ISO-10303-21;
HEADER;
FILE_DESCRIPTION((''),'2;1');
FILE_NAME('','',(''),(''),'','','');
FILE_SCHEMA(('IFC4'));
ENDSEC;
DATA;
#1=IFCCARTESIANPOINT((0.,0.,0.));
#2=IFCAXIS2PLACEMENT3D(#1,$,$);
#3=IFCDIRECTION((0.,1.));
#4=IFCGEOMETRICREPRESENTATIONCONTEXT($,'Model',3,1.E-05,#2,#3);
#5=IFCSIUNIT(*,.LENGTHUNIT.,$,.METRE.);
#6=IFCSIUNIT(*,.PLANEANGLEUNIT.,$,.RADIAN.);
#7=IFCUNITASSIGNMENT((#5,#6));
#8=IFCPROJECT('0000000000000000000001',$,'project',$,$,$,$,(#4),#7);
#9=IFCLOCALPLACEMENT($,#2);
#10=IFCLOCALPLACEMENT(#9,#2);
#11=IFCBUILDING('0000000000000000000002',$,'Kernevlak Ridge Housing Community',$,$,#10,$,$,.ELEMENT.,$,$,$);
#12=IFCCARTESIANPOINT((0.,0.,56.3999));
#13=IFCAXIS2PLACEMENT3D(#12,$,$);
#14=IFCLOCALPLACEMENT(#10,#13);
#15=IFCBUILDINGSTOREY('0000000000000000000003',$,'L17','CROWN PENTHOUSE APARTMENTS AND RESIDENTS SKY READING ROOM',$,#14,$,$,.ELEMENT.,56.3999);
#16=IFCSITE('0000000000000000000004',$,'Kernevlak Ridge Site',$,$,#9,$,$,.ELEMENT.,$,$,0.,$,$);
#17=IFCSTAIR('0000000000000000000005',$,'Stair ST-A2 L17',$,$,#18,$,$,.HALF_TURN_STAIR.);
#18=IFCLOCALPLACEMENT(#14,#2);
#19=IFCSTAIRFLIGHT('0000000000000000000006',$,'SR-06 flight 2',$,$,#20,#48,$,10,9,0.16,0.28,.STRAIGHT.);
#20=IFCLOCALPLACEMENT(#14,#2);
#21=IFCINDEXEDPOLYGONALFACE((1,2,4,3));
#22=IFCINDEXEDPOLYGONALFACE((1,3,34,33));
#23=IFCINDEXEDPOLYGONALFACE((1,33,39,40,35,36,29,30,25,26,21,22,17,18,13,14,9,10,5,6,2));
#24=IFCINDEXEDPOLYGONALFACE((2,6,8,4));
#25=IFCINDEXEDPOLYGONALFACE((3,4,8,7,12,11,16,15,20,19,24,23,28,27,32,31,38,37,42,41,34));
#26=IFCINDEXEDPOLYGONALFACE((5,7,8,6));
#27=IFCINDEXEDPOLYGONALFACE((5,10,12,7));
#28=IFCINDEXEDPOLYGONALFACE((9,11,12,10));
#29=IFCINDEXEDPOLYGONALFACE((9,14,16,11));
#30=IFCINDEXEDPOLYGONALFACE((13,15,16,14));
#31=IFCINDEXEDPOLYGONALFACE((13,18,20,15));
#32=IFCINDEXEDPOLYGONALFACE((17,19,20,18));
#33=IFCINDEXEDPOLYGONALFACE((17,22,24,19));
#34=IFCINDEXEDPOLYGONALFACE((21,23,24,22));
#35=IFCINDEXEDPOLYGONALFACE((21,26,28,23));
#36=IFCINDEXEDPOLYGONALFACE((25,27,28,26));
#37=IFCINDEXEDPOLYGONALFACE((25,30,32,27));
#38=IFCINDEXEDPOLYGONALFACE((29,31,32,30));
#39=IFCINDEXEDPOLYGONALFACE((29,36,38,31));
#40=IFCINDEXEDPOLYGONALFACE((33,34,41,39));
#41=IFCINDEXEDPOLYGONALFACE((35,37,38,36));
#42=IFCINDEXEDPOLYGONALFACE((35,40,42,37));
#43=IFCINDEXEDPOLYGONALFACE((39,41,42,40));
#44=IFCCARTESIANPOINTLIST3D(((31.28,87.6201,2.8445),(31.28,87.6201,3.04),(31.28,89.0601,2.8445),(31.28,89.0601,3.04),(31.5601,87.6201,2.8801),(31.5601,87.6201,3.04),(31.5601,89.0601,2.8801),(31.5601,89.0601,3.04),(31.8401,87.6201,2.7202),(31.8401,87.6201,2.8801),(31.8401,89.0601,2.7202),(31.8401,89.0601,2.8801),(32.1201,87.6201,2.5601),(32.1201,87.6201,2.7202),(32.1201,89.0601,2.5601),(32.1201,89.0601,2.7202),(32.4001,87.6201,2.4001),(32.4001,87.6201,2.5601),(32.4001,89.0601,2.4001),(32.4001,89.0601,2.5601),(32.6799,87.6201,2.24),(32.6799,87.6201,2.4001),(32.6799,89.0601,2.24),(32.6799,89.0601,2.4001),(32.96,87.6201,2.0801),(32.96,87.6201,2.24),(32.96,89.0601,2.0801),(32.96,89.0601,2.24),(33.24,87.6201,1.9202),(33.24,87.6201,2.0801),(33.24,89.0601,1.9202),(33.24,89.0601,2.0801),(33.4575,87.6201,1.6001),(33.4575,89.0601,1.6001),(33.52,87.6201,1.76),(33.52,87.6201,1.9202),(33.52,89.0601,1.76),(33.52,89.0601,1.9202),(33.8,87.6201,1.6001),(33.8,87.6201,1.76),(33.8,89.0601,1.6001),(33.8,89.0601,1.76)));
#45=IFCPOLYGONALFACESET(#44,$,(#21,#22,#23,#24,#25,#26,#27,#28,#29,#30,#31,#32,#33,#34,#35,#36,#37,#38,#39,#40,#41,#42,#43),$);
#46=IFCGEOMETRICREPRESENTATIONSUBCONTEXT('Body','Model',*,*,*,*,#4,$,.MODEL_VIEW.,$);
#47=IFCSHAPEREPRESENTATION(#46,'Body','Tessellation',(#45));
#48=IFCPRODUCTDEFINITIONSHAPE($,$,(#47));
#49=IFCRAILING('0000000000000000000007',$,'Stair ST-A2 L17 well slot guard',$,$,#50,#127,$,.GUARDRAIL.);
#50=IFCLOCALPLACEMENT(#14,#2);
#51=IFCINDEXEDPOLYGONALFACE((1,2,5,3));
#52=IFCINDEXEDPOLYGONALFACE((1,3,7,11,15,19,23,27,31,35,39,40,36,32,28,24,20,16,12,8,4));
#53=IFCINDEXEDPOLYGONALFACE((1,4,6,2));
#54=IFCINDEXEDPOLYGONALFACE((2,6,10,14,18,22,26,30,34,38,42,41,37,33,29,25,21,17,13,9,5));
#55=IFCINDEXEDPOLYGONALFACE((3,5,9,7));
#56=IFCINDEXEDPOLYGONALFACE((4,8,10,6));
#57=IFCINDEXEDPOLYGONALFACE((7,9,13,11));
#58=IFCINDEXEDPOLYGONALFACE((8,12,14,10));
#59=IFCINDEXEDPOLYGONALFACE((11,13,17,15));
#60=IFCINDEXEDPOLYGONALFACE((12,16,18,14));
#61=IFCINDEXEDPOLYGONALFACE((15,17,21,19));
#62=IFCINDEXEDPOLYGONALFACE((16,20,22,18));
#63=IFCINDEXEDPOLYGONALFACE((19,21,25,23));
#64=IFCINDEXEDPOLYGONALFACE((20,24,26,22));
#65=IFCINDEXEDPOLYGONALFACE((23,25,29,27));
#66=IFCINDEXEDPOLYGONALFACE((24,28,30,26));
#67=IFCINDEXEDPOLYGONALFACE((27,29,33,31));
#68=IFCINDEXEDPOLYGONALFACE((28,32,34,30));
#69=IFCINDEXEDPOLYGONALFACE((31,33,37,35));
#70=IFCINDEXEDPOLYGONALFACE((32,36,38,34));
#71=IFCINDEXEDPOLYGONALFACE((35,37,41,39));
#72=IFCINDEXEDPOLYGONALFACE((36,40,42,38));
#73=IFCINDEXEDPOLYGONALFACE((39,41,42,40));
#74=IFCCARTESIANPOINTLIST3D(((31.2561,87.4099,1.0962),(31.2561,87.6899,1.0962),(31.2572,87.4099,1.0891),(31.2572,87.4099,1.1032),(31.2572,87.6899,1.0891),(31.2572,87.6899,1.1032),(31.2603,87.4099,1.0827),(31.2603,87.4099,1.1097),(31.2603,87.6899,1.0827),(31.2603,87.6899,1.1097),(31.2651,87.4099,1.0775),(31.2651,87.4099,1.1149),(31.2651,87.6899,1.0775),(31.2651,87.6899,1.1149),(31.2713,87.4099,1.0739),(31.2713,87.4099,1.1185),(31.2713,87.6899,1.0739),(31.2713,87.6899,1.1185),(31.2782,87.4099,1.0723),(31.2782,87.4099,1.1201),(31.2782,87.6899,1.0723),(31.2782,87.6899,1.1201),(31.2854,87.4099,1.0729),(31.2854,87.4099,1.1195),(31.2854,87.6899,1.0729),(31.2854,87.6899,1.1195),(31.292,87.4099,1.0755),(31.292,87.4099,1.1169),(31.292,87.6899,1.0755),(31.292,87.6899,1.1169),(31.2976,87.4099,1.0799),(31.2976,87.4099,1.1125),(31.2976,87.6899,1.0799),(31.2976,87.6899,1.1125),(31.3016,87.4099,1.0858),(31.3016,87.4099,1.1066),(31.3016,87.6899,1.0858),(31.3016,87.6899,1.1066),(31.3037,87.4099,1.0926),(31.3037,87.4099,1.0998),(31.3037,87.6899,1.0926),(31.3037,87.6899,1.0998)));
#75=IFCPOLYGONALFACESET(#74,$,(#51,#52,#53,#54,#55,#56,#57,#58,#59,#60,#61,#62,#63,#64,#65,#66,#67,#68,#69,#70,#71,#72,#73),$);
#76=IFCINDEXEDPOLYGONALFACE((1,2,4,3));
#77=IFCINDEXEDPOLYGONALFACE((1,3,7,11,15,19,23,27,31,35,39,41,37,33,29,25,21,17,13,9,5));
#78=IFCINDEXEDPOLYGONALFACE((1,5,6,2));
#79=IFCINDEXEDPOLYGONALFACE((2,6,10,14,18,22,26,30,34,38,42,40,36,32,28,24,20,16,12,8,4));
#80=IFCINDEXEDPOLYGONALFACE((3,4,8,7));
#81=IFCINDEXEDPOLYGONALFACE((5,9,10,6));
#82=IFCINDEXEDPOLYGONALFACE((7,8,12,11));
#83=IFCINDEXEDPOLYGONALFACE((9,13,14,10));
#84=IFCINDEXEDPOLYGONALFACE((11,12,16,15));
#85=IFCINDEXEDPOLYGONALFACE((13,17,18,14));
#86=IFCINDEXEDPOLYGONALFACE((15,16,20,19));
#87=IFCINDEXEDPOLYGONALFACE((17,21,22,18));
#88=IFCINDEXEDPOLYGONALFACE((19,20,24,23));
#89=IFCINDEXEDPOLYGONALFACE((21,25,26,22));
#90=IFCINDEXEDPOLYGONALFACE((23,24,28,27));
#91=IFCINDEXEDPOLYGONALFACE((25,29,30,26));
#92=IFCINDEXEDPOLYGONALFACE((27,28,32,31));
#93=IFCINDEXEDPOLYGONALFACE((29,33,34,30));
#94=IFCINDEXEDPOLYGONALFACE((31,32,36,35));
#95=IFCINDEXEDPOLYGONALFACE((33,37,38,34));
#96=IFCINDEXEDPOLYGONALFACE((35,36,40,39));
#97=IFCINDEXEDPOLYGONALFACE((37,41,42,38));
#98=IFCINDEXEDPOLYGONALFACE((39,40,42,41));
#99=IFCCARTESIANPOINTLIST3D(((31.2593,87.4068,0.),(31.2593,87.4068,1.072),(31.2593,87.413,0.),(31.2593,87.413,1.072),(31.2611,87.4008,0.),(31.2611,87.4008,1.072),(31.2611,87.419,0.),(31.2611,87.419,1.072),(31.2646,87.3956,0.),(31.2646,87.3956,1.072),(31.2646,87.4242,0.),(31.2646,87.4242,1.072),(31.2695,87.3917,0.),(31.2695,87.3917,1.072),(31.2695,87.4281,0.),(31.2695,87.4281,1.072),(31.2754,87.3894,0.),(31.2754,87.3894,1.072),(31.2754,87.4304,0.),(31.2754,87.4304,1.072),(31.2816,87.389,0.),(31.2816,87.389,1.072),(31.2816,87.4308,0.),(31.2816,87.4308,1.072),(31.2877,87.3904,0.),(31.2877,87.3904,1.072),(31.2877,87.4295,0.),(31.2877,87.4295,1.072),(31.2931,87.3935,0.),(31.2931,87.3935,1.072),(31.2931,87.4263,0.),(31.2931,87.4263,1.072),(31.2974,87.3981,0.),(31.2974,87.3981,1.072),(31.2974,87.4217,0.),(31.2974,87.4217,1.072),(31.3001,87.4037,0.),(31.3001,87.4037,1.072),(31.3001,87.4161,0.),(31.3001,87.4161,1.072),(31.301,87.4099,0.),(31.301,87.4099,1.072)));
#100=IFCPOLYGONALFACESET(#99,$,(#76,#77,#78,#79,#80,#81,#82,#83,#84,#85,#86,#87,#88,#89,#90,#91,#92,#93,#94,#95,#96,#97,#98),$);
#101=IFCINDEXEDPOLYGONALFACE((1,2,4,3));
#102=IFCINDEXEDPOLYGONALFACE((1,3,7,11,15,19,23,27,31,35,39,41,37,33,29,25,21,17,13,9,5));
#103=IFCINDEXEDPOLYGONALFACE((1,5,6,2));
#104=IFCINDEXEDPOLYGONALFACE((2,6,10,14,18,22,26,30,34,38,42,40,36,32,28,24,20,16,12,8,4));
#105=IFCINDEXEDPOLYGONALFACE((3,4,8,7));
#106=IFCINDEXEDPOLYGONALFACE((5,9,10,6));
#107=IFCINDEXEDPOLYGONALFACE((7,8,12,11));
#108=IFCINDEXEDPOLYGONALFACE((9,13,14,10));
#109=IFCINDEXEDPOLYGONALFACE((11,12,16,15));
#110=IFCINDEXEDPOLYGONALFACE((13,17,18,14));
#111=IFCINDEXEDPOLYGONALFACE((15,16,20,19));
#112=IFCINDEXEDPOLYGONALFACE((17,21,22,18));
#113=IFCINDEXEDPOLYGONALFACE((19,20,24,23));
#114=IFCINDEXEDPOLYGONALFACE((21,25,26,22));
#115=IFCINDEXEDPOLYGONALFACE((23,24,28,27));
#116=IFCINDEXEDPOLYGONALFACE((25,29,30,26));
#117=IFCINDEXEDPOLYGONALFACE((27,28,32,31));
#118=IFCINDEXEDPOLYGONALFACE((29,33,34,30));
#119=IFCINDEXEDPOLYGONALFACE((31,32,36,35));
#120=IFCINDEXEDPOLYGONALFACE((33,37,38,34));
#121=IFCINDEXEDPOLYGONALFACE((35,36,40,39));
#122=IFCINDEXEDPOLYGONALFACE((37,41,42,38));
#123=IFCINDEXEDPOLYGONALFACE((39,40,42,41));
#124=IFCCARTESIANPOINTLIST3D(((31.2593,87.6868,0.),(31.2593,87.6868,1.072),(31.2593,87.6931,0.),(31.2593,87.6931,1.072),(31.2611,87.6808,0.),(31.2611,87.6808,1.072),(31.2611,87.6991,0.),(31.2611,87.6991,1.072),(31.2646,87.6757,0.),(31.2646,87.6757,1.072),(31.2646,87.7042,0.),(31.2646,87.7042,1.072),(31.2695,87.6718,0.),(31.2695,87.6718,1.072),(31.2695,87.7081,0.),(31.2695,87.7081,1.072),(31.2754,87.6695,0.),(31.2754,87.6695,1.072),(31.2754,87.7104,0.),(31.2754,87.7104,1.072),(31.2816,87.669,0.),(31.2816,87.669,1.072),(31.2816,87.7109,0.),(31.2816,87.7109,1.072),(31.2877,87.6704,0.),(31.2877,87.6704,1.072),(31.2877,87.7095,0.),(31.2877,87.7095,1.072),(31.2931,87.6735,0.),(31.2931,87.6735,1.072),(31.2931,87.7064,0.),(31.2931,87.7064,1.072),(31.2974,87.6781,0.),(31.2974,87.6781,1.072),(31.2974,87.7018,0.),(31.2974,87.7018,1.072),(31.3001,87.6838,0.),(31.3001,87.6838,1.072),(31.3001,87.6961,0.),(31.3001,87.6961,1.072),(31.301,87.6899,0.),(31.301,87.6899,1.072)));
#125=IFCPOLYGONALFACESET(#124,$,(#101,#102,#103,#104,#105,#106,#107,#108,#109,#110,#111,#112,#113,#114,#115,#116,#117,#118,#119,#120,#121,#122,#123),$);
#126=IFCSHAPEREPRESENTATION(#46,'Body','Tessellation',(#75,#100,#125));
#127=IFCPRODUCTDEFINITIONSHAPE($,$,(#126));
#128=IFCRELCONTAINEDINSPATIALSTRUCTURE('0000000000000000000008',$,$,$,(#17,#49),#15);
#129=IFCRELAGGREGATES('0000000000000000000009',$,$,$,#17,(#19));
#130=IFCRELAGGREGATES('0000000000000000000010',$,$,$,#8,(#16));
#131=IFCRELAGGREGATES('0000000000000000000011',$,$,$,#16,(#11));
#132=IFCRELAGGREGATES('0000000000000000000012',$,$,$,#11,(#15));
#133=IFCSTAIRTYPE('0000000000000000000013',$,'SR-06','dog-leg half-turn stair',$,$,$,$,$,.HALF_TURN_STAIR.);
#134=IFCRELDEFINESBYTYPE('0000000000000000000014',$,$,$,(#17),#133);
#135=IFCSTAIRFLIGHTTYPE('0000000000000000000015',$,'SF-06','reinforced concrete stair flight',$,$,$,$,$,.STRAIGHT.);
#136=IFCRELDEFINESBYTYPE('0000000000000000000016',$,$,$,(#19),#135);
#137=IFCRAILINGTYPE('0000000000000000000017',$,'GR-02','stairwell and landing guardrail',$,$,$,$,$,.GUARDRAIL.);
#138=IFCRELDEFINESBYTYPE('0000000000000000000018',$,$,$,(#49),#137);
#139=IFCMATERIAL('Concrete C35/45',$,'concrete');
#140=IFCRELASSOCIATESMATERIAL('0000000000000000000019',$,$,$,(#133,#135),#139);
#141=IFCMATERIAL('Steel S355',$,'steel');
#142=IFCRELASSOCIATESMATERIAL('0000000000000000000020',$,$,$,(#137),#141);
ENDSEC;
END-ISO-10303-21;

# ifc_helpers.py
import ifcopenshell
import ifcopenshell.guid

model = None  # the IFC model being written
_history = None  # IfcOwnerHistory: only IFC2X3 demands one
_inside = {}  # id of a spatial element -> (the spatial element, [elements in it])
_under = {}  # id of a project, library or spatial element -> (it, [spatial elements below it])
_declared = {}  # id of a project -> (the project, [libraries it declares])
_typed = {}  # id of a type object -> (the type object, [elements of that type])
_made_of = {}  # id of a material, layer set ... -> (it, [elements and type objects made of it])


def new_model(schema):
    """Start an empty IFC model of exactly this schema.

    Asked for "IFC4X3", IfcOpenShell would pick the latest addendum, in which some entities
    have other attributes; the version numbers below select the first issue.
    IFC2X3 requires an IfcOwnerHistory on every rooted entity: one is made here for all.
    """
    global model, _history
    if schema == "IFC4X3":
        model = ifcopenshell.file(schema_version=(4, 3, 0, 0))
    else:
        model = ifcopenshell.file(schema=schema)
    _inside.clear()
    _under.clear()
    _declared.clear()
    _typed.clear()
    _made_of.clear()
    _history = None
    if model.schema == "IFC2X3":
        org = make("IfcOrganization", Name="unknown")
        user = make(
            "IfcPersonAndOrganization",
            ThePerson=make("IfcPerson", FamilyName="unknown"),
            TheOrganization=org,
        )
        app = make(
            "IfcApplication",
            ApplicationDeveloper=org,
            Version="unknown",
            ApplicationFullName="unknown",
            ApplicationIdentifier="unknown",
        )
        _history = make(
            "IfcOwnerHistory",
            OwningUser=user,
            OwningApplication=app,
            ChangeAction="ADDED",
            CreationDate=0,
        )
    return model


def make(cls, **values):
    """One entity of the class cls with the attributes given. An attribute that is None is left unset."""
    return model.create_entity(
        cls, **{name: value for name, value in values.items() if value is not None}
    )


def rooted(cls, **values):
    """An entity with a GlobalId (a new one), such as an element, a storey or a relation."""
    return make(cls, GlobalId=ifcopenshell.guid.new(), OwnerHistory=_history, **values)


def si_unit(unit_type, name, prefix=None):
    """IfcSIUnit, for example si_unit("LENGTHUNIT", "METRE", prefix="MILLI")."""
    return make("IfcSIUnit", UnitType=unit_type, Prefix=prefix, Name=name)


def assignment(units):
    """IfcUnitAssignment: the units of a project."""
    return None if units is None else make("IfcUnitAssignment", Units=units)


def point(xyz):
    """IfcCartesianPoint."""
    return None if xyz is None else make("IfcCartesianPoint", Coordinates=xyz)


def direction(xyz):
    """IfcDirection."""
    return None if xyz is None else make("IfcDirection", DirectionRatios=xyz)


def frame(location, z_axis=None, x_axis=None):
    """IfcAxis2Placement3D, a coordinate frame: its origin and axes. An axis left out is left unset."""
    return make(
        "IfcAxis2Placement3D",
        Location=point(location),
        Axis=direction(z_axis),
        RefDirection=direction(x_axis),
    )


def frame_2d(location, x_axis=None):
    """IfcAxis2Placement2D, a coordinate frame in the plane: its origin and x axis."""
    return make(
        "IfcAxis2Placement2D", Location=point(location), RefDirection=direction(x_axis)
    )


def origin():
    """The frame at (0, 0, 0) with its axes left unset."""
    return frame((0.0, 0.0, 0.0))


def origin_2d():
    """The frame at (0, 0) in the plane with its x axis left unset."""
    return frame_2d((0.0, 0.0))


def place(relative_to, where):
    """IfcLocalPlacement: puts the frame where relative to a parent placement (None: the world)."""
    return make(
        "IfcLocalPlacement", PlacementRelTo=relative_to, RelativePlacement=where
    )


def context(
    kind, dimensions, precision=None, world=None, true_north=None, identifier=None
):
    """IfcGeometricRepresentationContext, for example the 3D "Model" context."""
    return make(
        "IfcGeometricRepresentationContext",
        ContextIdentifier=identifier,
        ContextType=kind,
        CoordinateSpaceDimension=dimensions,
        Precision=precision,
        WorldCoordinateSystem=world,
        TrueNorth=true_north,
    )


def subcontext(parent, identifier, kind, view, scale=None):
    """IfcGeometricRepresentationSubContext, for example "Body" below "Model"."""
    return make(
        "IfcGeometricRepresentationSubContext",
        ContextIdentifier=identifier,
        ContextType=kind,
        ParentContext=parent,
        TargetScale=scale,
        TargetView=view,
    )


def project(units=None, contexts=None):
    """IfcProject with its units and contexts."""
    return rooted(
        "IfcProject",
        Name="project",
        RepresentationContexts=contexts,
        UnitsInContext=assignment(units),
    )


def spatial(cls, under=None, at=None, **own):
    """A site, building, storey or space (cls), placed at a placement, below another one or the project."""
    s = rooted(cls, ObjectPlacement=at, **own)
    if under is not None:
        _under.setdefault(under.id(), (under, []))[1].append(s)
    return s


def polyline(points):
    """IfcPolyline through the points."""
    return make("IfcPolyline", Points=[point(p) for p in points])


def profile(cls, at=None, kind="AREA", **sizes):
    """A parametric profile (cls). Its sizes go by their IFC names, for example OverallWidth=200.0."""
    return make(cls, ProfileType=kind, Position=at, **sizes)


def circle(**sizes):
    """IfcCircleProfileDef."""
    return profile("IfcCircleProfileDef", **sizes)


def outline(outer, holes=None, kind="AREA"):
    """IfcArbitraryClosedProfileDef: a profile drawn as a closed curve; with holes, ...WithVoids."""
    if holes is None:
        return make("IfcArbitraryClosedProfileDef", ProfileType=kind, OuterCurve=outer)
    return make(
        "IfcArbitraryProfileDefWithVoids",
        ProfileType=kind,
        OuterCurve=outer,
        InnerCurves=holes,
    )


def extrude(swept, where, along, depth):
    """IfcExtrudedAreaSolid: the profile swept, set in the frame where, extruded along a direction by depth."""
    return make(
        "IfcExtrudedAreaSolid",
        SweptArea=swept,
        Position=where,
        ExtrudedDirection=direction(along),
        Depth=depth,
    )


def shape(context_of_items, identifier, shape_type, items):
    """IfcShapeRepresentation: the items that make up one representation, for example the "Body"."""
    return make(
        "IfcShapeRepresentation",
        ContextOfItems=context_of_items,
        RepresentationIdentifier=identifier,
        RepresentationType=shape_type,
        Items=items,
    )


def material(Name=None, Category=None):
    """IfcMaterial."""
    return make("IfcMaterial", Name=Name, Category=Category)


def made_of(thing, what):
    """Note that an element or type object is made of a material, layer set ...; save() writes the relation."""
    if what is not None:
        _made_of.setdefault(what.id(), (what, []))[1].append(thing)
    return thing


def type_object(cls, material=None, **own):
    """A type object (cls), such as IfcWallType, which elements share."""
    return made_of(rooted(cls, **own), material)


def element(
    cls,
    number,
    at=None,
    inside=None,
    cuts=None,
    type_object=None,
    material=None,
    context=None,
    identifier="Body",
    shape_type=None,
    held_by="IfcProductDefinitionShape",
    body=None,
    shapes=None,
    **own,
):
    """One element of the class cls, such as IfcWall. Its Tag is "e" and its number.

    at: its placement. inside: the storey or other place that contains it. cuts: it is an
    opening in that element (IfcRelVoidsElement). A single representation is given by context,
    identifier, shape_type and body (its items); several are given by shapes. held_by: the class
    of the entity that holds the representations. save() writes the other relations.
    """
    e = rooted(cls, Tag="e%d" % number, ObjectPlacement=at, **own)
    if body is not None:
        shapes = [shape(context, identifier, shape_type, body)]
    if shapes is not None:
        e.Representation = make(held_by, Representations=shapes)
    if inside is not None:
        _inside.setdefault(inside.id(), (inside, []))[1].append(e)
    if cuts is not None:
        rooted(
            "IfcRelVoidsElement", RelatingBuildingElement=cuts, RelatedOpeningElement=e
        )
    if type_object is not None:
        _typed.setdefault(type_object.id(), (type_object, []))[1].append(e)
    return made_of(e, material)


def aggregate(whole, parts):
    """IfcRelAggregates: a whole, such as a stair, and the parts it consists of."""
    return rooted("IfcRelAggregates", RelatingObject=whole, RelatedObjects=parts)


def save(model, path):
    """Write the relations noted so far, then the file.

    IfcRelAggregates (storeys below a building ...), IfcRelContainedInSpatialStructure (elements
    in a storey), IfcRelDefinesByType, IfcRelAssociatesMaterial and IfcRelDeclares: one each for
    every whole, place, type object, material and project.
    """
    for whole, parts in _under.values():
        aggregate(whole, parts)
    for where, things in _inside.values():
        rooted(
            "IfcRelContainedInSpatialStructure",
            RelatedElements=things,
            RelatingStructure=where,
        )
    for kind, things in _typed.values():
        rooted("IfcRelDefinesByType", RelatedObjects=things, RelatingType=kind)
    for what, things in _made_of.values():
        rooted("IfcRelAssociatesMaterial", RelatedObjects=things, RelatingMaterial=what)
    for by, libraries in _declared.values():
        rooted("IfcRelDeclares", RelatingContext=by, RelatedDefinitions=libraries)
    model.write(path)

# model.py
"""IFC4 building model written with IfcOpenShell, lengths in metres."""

from ifc_helpers import new_model, si_unit, direction, frame, origin, origin_2d, place, context, subcontext, project, spatial, polyline, circle, outline, extrude, material, type_object, element, aggregate, save


model = new_model("IFC4")

# Units and contexts
model_context = context("Model", 3, precision=1e-05, world=origin(), true_north=direction((0.0, 1.0)))
body_context = subcontext(model_context, "Body", "Model", "MODEL_VIEW")
ifc_project = project(units=[si_unit("LENGTHUNIT", "METRE"), si_unit("PLANEANGLEUNIT", "RADIAN")], contexts=[model_context])

# Site, building, storey
site_placement = place(None, origin())
site = spatial("IfcSite", under=ifc_project, at=site_placement, Name="Kernevlak Ridge Site", CompositionType="ELEMENT", RefElevation=0.0)
building_placement = place(site_placement, origin())
building = spatial("IfcBuilding", under=site, at=building_placement, Name="Kernevlak Ridge Housing Community", CompositionType="ELEMENT")
storey_placement = place(building_placement, frame((0.0, 0.0, 56.3999)))
storey = spatial("IfcBuildingStorey", under=building, at=storey_placement, Name="L17", Description="CROWN PENTHOUSE APARTMENTS AND RESIDENTS SKY READING ROOM", CompositionType="ELEMENT", Elevation=56.3999)

# Shared definitions
ifc_material_1 = material(Name="Concrete C35/45", Category="concrete")

# Stair, stair flight
stair_type = type_object("IfcStairType", Name="SR-06", Description="dog-leg half-turn stair", PredefinedType="HALF_TURN_STAIR", material=ifc_material_1)
stair_placement = place(storey_placement, origin())
stair = element("IfcStair", 1, at=stair_placement, inside=storey, type_object=stair_type, Name="Stair ST-A2 L17", PredefinedType="HALF_TURN_STAIR")
stair_flight_type = type_object("IfcStairFlightType", Name="SF-06", Description="reinforced concrete stair flight", PredefinedType="STRAIGHT", material=ifc_material_1)
stair_flight_1_placement = place(storey_placement, frame((33.8, 88.3401, 1.6001), z_axis=(0.0, 0.0, 1.0), x_axis=(-1.0, 0.0, 0.0)))
stair_flight_1 = element("IfcStairFlight", 2, at=stair_flight_1_placement, type_object=stair_flight_type, Name="SR-06 flight 2", NumberOfRisers=10, NumberOfTreads=9, PredefinedType="STRAIGHT", RiserHeight=0.16, TreadLength=0.28, context=body_context, shape_type="SweptSolid", body=[
    extrude(outline(polyline([(0.0, 0.0), (0.0, 0.1599), (0.28, 0.1599), (0.28, 0.3201), (0.5601, 0.3201), (0.5601, 0.48), (0.8401, 0.48), (0.8401, 0.6399), (1.1201, 0.6399), (1.1201, 0.8), (1.3999, 0.8), (1.3999, 0.96), (1.6799, 0.96), (1.6799, 1.1201), (1.96, 1.1201), (1.96, 1.28), (2.24, 1.28), (2.24, 1.4399), (2.52, 1.4399), (2.52, 1.6001), (2.52, 1.2444), (0.3425, 0.0), (0.0, 0.0)])), frame((0.0, 0.72, 0.0), z_axis=(0.0, -1.0, 0.0), x_axis=(1.0, 0.0, 0.0)), (0.0, 0.0, 1.0), 1.4399),
])
aggregate(stair, [stair_flight_1])

# Railing
ifc_material_2 = material(Name="Steel S355", Category="steel")
railing_type_1 = type_object("IfcRailingType", Name="GR-02", Description="stairwell and landing guardrail", PredefinedType="GUARDRAIL", material=ifc_material_2)
railing_1_placement = place(storey_placement, frame((31.28, 87.4099, 0.0)))
element("IfcRailing", 3, at=railing_1_placement, inside=storey, type_object=railing_type_1, Name="Stair ST-A2 L17 well slot guard", PredefinedType="GUARDRAIL", context=body_context, shape_type="SweptSolid", body=[
    extrude(circle(Radius=0.0239, at=origin_2d()), frame((0.0, 0.0, 1.0962), z_axis=(0.0, 1.0, 0.0), x_axis=(-1.0, 0.0, 0.0)), (0.0, 0.0, 1.0), 0.28),
    extrude(circle(Radius=0.021, at=origin_2d()), origin(), (0.0, 0.0, 1.0), 1.072),
    extrude(circle(Radius=0.021, at=origin_2d()), frame((0.0, 0.28, 0.0)), (0.0, 0.0, 1.0), 1.072),
])

save(model, "model.ifc")
